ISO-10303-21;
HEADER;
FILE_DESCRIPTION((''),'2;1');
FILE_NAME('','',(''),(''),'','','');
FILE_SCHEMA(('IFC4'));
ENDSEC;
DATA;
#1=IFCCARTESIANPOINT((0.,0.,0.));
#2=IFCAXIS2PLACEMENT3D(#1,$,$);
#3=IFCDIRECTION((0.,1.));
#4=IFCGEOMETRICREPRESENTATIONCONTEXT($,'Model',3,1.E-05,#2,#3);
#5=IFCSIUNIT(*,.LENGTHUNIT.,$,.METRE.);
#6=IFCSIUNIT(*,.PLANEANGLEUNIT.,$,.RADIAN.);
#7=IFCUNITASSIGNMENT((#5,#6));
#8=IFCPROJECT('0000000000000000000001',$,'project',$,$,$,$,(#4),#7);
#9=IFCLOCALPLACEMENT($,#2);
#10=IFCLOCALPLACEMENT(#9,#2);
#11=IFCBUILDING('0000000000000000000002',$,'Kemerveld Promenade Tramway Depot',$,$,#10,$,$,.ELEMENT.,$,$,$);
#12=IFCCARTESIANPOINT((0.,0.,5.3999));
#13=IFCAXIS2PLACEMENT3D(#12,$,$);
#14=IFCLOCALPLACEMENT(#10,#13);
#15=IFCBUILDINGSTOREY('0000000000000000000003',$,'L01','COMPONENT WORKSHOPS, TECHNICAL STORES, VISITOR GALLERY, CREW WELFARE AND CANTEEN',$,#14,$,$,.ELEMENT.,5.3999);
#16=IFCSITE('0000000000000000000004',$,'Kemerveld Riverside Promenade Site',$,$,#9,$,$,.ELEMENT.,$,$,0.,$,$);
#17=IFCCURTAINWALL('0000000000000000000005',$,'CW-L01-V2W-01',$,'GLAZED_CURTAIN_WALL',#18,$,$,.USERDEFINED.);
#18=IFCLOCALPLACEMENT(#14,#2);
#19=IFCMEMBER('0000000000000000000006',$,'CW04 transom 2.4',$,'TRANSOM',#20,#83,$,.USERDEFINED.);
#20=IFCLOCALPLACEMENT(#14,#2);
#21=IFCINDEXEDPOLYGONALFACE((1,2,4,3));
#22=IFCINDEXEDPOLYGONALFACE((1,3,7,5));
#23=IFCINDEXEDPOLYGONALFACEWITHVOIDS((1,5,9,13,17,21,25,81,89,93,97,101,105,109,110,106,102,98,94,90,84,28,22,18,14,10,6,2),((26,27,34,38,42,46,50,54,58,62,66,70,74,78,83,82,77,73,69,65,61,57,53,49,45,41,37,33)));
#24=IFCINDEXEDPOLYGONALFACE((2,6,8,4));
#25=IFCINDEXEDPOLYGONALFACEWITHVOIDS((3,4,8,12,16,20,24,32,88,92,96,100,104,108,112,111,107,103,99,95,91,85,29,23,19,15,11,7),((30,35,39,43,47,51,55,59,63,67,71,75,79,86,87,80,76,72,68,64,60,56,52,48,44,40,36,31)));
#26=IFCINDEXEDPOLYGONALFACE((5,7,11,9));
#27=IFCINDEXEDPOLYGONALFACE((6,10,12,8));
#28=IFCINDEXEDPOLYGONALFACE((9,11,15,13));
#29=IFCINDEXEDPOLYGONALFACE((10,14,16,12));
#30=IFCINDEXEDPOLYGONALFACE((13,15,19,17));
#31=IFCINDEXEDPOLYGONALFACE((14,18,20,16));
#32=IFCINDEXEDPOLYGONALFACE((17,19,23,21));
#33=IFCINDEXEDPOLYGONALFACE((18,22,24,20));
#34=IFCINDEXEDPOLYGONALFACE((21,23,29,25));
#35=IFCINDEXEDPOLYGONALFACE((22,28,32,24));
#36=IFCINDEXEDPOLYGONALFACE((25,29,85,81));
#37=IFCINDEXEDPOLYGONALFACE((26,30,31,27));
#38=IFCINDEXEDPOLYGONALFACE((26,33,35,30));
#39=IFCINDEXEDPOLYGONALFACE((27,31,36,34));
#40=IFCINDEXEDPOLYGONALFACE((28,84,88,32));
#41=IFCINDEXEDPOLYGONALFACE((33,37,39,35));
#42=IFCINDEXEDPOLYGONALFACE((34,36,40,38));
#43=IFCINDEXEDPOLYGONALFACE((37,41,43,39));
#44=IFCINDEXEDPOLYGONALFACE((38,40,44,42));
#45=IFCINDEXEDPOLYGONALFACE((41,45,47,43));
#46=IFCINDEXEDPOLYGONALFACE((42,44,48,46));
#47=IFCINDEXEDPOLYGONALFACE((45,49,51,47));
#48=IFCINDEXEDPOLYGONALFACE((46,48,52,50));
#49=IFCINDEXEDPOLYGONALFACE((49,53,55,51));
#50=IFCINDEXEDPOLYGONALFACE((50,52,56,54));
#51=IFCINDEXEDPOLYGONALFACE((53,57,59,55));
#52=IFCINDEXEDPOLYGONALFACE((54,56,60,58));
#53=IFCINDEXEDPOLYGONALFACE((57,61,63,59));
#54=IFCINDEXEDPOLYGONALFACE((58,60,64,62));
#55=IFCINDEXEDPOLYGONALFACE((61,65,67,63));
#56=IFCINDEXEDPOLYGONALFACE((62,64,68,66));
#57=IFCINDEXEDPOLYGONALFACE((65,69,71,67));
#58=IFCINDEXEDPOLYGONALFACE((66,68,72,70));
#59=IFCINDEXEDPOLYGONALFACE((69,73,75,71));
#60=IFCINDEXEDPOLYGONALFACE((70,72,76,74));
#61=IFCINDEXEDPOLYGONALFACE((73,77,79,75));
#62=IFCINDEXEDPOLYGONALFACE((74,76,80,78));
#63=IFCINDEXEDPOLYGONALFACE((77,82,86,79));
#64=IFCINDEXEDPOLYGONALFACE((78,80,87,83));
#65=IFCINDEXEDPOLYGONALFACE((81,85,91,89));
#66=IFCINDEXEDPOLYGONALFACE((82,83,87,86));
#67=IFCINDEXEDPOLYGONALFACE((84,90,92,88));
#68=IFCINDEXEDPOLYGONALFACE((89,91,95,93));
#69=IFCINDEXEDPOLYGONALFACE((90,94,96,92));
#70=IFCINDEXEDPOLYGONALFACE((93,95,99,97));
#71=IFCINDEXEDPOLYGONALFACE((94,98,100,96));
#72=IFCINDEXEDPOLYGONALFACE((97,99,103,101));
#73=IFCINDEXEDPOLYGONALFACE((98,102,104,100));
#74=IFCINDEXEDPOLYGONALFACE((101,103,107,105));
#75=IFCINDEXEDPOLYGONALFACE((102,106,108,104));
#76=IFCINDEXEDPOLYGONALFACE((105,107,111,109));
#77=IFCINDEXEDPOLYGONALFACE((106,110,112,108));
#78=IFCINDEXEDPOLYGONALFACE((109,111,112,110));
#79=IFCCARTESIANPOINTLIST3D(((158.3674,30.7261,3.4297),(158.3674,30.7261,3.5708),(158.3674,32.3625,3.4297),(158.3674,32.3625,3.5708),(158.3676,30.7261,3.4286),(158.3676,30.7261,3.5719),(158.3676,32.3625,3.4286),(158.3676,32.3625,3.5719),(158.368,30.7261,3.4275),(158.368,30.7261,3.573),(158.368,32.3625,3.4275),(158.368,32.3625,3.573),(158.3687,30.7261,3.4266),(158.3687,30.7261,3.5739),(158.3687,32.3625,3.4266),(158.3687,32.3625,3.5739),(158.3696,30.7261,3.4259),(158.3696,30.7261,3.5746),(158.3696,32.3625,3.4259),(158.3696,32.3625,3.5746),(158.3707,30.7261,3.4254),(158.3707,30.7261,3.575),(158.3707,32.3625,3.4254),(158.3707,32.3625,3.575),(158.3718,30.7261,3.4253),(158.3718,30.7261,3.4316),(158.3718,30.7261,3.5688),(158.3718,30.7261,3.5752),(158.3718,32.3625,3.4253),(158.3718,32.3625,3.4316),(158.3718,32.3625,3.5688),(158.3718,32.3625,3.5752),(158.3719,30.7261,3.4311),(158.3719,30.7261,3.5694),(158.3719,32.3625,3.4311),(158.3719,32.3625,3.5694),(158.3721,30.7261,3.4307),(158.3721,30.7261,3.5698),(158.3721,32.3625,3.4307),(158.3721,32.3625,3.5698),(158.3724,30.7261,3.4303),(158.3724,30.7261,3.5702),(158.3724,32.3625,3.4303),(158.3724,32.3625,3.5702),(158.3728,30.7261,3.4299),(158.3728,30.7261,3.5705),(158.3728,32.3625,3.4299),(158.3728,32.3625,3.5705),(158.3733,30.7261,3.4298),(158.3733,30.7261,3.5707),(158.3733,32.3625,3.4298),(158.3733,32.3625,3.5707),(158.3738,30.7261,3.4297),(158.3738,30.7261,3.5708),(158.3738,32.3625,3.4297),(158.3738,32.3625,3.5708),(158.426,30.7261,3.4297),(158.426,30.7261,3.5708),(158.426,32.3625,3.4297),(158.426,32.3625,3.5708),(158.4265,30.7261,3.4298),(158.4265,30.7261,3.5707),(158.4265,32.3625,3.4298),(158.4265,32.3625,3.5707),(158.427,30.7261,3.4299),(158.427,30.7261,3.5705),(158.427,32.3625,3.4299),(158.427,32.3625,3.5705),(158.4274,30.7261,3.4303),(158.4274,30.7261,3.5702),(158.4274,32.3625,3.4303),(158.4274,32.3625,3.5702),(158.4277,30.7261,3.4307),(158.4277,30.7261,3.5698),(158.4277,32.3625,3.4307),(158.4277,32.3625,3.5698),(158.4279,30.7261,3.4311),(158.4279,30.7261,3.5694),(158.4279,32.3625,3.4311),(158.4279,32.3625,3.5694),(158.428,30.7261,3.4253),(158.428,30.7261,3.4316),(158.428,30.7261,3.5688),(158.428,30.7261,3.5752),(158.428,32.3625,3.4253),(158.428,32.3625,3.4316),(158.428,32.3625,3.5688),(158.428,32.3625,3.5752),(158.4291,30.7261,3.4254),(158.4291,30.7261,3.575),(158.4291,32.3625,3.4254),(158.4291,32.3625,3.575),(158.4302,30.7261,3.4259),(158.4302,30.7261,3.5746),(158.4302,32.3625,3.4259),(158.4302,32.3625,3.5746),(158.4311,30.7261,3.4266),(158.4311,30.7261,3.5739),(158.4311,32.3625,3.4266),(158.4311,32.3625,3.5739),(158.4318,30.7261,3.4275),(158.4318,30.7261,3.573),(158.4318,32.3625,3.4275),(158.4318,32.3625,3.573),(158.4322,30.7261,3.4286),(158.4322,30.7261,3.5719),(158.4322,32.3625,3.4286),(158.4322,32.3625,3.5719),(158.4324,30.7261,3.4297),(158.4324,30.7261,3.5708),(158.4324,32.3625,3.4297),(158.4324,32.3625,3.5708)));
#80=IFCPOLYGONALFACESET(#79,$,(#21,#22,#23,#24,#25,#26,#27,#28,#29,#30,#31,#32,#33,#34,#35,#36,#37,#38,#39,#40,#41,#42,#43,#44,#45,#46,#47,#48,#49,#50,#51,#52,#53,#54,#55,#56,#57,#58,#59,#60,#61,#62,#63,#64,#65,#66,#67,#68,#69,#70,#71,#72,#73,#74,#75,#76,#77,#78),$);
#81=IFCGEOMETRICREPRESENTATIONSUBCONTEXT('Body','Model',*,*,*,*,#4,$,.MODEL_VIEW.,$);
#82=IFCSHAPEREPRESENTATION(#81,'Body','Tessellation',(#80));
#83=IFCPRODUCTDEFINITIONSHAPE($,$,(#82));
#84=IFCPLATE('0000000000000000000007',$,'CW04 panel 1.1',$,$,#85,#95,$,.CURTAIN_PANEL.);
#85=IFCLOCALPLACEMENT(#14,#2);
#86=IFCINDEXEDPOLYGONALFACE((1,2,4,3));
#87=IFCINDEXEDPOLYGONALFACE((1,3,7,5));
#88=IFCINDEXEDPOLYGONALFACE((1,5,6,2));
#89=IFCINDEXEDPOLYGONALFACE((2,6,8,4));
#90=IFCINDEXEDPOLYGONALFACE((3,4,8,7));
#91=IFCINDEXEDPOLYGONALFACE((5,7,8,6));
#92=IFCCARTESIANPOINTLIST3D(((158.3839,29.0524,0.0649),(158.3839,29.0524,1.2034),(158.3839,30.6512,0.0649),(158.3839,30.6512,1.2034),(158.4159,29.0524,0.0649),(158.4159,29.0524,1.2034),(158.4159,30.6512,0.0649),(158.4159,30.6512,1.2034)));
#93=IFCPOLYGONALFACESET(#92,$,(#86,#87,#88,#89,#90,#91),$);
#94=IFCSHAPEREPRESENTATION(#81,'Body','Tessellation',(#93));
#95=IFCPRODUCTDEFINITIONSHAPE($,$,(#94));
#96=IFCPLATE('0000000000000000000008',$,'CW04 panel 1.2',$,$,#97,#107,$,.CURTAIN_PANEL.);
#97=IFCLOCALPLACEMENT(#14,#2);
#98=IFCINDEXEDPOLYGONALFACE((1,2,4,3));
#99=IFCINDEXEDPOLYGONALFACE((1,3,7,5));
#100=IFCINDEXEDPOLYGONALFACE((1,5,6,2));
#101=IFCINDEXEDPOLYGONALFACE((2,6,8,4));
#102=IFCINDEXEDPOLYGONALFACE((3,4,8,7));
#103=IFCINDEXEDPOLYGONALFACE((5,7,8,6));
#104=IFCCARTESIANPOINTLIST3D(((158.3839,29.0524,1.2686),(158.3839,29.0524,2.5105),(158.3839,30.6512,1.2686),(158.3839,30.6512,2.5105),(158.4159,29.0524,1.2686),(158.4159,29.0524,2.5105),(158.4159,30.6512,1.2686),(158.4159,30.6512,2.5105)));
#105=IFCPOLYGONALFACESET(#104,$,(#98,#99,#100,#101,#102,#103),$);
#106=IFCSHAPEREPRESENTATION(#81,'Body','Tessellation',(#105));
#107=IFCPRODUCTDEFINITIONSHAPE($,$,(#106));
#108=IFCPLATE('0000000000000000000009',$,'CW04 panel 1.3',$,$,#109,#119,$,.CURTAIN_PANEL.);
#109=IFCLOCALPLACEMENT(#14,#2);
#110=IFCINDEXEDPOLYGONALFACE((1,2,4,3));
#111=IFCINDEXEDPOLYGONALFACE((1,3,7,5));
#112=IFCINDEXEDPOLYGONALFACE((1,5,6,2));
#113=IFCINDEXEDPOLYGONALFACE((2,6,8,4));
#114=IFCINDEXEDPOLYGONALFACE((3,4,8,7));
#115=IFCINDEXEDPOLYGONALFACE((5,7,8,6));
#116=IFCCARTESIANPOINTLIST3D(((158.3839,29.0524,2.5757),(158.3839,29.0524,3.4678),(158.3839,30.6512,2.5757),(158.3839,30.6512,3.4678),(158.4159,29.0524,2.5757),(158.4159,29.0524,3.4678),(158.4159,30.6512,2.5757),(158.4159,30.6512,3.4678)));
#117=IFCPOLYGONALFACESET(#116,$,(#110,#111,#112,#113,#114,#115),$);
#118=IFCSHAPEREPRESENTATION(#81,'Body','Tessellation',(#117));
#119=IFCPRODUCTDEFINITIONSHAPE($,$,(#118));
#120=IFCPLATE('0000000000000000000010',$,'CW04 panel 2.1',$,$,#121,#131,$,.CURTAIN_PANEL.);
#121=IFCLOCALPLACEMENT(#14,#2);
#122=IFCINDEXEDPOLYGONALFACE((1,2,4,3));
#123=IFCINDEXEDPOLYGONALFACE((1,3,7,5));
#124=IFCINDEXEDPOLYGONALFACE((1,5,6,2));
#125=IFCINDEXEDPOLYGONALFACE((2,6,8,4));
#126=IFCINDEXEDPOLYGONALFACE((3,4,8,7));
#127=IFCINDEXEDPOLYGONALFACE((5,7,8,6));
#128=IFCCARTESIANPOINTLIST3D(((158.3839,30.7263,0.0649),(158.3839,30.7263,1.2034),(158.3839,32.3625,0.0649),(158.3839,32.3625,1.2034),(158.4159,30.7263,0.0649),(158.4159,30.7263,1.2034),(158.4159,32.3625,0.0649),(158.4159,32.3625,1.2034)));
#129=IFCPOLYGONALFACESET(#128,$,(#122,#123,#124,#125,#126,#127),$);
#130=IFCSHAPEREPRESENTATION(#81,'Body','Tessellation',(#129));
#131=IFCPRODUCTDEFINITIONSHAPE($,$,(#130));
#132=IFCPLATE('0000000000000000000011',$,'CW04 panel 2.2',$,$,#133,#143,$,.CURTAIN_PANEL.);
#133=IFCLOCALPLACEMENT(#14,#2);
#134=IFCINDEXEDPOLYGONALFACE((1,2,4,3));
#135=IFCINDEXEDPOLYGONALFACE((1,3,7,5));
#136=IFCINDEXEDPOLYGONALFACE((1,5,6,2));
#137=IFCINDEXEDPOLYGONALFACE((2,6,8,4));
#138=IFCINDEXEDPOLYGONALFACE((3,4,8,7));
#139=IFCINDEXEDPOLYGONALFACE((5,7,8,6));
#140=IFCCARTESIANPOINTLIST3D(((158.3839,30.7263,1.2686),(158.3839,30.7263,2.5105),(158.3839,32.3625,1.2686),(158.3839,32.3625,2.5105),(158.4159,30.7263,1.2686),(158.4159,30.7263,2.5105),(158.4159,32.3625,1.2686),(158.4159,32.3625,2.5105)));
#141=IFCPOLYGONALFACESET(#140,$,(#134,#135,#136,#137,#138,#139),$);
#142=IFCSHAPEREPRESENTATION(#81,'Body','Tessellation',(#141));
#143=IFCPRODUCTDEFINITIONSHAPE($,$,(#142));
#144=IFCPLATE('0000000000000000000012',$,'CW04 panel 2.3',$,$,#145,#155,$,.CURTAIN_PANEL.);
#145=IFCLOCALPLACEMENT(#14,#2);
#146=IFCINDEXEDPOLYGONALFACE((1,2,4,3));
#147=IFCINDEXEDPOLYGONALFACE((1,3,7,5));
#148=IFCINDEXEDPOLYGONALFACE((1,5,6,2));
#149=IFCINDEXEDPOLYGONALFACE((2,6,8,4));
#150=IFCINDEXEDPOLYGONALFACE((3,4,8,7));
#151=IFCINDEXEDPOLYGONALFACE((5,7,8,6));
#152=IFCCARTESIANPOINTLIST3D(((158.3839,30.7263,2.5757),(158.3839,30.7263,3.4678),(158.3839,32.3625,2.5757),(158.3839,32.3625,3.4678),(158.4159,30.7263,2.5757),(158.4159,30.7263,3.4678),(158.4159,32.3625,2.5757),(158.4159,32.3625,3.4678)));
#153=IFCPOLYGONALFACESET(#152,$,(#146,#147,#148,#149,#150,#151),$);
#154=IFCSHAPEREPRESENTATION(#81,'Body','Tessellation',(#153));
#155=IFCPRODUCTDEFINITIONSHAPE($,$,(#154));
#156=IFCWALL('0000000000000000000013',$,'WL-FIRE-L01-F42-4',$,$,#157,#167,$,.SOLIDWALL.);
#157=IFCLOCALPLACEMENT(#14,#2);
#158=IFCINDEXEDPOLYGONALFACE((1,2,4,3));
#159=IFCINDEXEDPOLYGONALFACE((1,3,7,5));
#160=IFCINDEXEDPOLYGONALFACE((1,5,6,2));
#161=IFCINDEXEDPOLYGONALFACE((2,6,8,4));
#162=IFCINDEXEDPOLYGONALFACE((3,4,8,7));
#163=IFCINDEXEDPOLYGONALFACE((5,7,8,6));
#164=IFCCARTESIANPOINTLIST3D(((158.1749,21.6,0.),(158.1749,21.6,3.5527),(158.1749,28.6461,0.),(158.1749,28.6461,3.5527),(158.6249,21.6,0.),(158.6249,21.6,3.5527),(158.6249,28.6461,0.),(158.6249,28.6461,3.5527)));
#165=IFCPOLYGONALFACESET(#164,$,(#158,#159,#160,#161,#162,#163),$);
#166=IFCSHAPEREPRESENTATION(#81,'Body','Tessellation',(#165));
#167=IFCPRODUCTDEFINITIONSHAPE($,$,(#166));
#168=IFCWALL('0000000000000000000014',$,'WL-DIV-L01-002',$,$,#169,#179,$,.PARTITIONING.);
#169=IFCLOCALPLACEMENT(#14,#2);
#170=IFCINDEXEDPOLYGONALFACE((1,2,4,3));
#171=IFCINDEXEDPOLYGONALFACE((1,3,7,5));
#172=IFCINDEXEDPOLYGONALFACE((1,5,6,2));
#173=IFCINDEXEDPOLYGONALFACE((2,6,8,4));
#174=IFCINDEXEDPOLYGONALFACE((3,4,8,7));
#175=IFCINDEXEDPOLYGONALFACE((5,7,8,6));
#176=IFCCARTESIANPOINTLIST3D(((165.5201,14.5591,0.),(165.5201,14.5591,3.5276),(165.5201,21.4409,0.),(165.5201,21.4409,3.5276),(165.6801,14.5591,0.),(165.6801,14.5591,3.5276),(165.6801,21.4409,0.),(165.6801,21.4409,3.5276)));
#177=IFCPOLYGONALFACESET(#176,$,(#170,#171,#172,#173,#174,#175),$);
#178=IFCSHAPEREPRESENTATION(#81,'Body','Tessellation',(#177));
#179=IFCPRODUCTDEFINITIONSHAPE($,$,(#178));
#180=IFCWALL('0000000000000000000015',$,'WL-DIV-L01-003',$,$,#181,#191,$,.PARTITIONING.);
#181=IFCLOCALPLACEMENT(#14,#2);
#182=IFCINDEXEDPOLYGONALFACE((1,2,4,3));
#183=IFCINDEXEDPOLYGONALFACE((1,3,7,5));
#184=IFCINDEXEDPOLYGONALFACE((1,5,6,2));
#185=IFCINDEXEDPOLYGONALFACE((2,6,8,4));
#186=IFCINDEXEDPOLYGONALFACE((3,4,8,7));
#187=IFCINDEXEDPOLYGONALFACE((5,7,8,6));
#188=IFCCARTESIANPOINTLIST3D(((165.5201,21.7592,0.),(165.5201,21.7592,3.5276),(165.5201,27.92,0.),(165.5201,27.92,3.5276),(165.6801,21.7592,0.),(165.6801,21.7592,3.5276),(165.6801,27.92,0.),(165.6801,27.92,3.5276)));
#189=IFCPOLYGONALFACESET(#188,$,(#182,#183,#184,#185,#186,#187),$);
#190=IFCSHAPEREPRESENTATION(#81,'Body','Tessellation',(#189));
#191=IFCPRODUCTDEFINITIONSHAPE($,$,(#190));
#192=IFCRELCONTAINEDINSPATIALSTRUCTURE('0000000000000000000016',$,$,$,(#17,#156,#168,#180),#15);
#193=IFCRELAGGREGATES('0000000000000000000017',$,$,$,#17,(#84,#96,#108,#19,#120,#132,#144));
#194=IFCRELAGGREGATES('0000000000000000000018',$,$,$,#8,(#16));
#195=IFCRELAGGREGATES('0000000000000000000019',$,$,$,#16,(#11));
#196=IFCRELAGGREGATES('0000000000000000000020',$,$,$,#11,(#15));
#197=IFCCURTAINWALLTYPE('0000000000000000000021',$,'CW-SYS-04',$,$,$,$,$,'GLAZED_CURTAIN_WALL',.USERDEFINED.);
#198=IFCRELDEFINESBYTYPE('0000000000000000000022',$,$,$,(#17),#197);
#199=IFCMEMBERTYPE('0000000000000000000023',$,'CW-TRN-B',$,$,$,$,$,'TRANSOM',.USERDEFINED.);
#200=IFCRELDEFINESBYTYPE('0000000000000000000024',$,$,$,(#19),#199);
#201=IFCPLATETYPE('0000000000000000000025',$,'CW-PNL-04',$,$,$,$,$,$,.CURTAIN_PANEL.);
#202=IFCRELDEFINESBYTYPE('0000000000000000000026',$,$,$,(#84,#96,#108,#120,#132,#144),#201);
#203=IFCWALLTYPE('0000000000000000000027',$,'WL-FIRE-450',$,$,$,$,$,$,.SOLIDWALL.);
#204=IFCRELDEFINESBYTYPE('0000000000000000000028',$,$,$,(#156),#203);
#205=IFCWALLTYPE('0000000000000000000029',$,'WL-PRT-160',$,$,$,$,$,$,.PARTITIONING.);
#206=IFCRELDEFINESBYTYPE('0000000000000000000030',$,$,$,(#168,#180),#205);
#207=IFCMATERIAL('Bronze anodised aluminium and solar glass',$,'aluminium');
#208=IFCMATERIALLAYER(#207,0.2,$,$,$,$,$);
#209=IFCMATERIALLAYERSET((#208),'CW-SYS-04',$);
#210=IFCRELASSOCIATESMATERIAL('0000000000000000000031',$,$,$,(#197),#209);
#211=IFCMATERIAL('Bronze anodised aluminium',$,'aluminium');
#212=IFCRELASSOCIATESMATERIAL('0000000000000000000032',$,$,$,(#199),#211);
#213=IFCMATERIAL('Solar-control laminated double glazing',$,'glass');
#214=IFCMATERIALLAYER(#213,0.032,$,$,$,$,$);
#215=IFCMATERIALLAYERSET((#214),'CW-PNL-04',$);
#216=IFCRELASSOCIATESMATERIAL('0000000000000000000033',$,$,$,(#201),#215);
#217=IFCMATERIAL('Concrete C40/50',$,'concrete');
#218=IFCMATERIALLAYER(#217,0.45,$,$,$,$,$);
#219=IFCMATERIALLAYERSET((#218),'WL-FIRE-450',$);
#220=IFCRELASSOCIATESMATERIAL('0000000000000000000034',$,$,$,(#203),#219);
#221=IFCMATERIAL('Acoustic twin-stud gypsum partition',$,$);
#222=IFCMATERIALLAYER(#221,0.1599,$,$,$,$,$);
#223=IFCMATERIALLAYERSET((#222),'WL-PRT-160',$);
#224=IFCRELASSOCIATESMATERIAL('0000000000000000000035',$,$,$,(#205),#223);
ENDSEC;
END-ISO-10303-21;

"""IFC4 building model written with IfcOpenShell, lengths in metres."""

from ifc_helpers import new_model, si_unit, direction, frame, frame_2d, origin, origin_2d, place, context, subcontext, project, spatial, rectangle, hollow_rectangle, extrude, material, layer, layer_set, material_profile, profile_set, type_object, element, aggregate, save


model = new_model("IFC4")

# Units and contexts
model_context = context("Model", 3, precision=1e-05, world=origin(), true_north=direction((0.0, 1.0)))
body_context = subcontext(model_context, "Body", "Model", "MODEL_VIEW")
ifc_project = project(units=[si_unit("LENGTHUNIT", "METRE"), si_unit("PLANEANGLEUNIT", "RADIAN")], contexts=[model_context])

# Site, building, storey
site_placement = place(None, origin())
site = spatial("IfcSite", under=ifc_project, at=site_placement, Name="Kemerveld Riverside Promenade Site", CompositionType="ELEMENT", RefElevation=0.0)
building_placement = place(site_placement, origin())
building = spatial("IfcBuilding", under=site, at=building_placement, Name="Kemerveld Promenade Tramway Depot", CompositionType="ELEMENT")
storey_placement = place(building_placement, frame((0.0, 0.0, 5.3999)))
storey = spatial("IfcBuildingStorey", under=building, at=storey_placement, Name="L01", Description="COMPONENT WORKSHOPS, TECHNICAL STORES, VISITOR GALLERY, CREW WELFARE AND CANTEEN", CompositionType="ELEMENT", Elevation=5.3999)

# Curtain wall, member, plates
ifc_material_1 = material(Name="Bronze anodised aluminium and solar glass", Category="aluminium")
ifc_layer_1 = layer(ifc_material_1, 0.2)
ifc_layer_set_1 = layer_set([ifc_layer_1], Name="CW-SYS-04")
curtain_wall_type = type_object("IfcCurtainWallType", Name="CW-SYS-04", ElementType="GLAZED_CURTAIN_WALL", PredefinedType="USERDEFINED", material=ifc_layer_set_1)
curtain_wall_placement = place(storey_placement, origin())
curtain_wall = element("IfcCurtainWall", 1, at=curtain_wall_placement, inside=storey, type_object=curtain_wall_type, Name="CW-L01-V2W-01", ObjectType="GLAZED_CURTAIN_WALL", PredefinedType="USERDEFINED")
ifc_material_2 = material(Name="Bronze anodised aluminium", Category="aluminium")
ifc_material_profile_1 = material_profile(ifc_material_2, hollow_rectangle(XDim=0.0649, YDim=0.1499, WallThickness=0.0044, InnerFilletRadius=0.002, OuterFilletRadius=0.0044, at=origin_2d()), Name="CW-TRN-150x65")
ifc_profile_set_1 = profile_set([ifc_material_profile_1], Name="Bronze anodised aluminium")
member_type_1 = type_object("IfcMemberType", Name="CW-TRN-B", ElementType="TRANSOM", PredefinedType="USERDEFINED", material=ifc_profile_set_1)
member_1_placement = place(storey_placement, frame((158.3999, 30.7261, 3.5002), z_axis=(0.0, 1.0, 0.0), x_axis=(-1.0, 0.0, 0.0)))
member_1 = element("IfcMember", 2, at=member_1_placement, type_object=member_type_1, Name="CW04 transom 2.4", ObjectType="TRANSOM", PredefinedType="USERDEFINED", context=body_context, shape_type="SweptSolid", body=[
    extrude(hollow_rectangle(XDim=0.0649, YDim=0.1499, WallThickness=0.0044, InnerFilletRadius=0.002, OuterFilletRadius=0.0044, at=origin_2d()), origin(), (0.0, 0.0, 1.0), 1.6365),
])
ifc_material_3 = material(Name="Solar-control laminated double glazing", Category="glass")
ifc_layer_2 = layer(ifc_material_3, 0.032)
ifc_layer_set_2 = layer_set([ifc_layer_2], Name="CW-PNL-04")
plate_type = type_object("IfcPlateType", Name="CW-PNL-04", PredefinedType="CURTAIN_PANEL", material=ifc_layer_set_2)
plate_1_placement = place(storey_placement, frame((158.3999, 29.8518, 0.0649), z_axis=(0.0, 0.0, 1.0), x_axis=(0.0, 1.0, 0.0)))
plate_1 = element("IfcPlate", 3, at=plate_1_placement, type_object=plate_type, Name="CW04 panel 1.1", PredefinedType="CURTAIN_PANEL", context=body_context, shape_type="SweptSolid", body=[
    extrude(rectangle(XDim=1.5989, YDim=0.032, at=origin_2d()), origin(), (0.0, 0.0, 1.0), 1.1384),
])
plate_2_placement = place(storey_placement, frame((158.3999, 29.8518, 1.2686), z_axis=(0.0, 0.0, 1.0), x_axis=(0.0, 1.0, 0.0)))
plate_2 = element("IfcPlate", 4, at=plate_2_placement, type_object=plate_type, Name="CW04 panel 1.2", PredefinedType="CURTAIN_PANEL", context=body_context, shape_type="SweptSolid", body=[
    extrude(rectangle(XDim=1.5989, YDim=0.032, at=origin_2d()), origin(), (0.0, 0.0, 1.0), 1.2419),
])
plate_3_placement = place(storey_placement, frame((158.3999, 29.8518, 2.5757), z_axis=(0.0, 0.0, 1.0), x_axis=(0.0, 1.0, 0.0)))
plate_3 = element("IfcPlate", 5, at=plate_3_placement, type_object=plate_type, Name="CW04 panel 1.3", PredefinedType="CURTAIN_PANEL", context=body_context, shape_type="SweptSolid", body=[
    extrude(rectangle(XDim=1.5989, YDim=0.032, at=origin_2d()), origin(), (0.0, 0.0, 1.0), 0.8921),
])
plate_4_placement = place(storey_placement, frame((158.3999, 31.5444, 0.0649), z_axis=(0.0, 0.0, 1.0), x_axis=(0.0, 1.0, 0.0)))
plate_4 = element("IfcPlate", 6, at=plate_4_placement, type_object=plate_type, Name="CW04 panel 2.1", PredefinedType="CURTAIN_PANEL", context=body_context, shape_type="SweptSolid", body=[
    extrude(rectangle(XDim=1.6362, YDim=0.032, at=origin_2d()), origin(), (0.0, 0.0, 1.0), 1.1384),
])
plate_5_placement = place(storey_placement, frame((158.3999, 31.5444, 1.2686), z_axis=(0.0, 0.0, 1.0), x_axis=(0.0, 1.0, 0.0)))
plate_5 = element("IfcPlate", 7, at=plate_5_placement, type_object=plate_type, Name="CW04 panel 2.2", PredefinedType="CURTAIN_PANEL", context=body_context, shape_type="SweptSolid", body=[
    extrude(rectangle(XDim=1.6362, YDim=0.032, at=origin_2d()), origin(), (0.0, 0.0, 1.0), 1.2419),
])
plate_6_placement = place(storey_placement, frame((158.3999, 31.5444, 2.5757), z_axis=(0.0, 0.0, 1.0), x_axis=(0.0, 1.0, 0.0)))
plate_6 = element("IfcPlate", 8, at=plate_6_placement, type_object=plate_type, Name="CW04 panel 2.3", PredefinedType="CURTAIN_PANEL", context=body_context, shape_type="SweptSolid", body=[
    extrude(rectangle(XDim=1.6362, YDim=0.032, at=origin_2d()), origin(), (0.0, 0.0, 1.0), 0.8921),
])
aggregate(curtain_wall, [plate_1, plate_2, plate_3, member_1, plate_4, plate_5, plate_6])

# Walls
ifc_material_4 = material(Name="Concrete C40/50", Category="concrete")
ifc_layer_3 = layer(ifc_material_4, 0.45)
ifc_layer_set_3 = layer_set([ifc_layer_3], Name="WL-FIRE-450")
wall_type_1 = type_object("IfcWallType", Name="WL-FIRE-450", PredefinedType="SOLIDWALL", material=ifc_layer_set_3)
wall_1_placement = place(storey_placement, frame((158.3999, 21.6001, 0.0), z_axis=(0.0, 0.0, 1.0), x_axis=(0.0, 1.0, 0.0)))
element("IfcWall", 9, at=wall_1_placement, inside=storey, type_object=wall_type_1, Name="WL-FIRE-L01-F42-4", PredefinedType="SOLIDWALL", context=body_context, shape_type="SweptSolid", body=[
    extrude(rectangle(XDim=7.0461, YDim=0.45, at=frame_2d((3.5229, 0.0))), origin(), (0.0, 0.0, 1.0), 3.5527),
])
ifc_material_5 = material(Name="Acoustic twin-stud gypsum partition")
ifc_layer_4 = layer(ifc_material_5, 0.1599)
ifc_layer_set_4 = layer_set([ifc_layer_4], Name="WL-PRT-160")
wall_type_2 = type_object("IfcWallType", Name="WL-PRT-160", PredefinedType="PARTITIONING", material=ifc_layer_set_4)
wall_2_placement = place(storey_placement, frame((165.6001, 14.5591, 0.0), z_axis=(0.0, 0.0, 1.0), x_axis=(0.0, 1.0, 0.0)))
element("IfcWall", 10, at=wall_2_placement, inside=storey, type_object=wall_type_2, Name="WL-DIV-L01-002", PredefinedType="PARTITIONING", context=body_context, shape_type="SweptSolid", body=[
    extrude(rectangle(XDim=6.8818, YDim=0.1599, at=frame_2d((3.4409, 0.0))), origin(), (0.0, 0.0, 1.0), 3.5276),
])
wall_3_placement = place(storey_placement, frame((165.6001, 21.759, 0.0), z_axis=(0.0, 0.0, 1.0), x_axis=(0.0, 1.0, 0.0)))
element("IfcWall", 11, at=wall_3_placement, inside=storey, type_object=wall_type_2, Name="WL-DIV-L01-003", PredefinedType="PARTITIONING", context=body_context, shape_type="SweptSolid", body=[
    extrude(rectangle(XDim=6.1609, YDim=0.1599, at=frame_2d((3.0806, 0.0))), origin(), (0.0, 0.0, 1.0), 3.5276),
])

save(model, "model.ifc")
